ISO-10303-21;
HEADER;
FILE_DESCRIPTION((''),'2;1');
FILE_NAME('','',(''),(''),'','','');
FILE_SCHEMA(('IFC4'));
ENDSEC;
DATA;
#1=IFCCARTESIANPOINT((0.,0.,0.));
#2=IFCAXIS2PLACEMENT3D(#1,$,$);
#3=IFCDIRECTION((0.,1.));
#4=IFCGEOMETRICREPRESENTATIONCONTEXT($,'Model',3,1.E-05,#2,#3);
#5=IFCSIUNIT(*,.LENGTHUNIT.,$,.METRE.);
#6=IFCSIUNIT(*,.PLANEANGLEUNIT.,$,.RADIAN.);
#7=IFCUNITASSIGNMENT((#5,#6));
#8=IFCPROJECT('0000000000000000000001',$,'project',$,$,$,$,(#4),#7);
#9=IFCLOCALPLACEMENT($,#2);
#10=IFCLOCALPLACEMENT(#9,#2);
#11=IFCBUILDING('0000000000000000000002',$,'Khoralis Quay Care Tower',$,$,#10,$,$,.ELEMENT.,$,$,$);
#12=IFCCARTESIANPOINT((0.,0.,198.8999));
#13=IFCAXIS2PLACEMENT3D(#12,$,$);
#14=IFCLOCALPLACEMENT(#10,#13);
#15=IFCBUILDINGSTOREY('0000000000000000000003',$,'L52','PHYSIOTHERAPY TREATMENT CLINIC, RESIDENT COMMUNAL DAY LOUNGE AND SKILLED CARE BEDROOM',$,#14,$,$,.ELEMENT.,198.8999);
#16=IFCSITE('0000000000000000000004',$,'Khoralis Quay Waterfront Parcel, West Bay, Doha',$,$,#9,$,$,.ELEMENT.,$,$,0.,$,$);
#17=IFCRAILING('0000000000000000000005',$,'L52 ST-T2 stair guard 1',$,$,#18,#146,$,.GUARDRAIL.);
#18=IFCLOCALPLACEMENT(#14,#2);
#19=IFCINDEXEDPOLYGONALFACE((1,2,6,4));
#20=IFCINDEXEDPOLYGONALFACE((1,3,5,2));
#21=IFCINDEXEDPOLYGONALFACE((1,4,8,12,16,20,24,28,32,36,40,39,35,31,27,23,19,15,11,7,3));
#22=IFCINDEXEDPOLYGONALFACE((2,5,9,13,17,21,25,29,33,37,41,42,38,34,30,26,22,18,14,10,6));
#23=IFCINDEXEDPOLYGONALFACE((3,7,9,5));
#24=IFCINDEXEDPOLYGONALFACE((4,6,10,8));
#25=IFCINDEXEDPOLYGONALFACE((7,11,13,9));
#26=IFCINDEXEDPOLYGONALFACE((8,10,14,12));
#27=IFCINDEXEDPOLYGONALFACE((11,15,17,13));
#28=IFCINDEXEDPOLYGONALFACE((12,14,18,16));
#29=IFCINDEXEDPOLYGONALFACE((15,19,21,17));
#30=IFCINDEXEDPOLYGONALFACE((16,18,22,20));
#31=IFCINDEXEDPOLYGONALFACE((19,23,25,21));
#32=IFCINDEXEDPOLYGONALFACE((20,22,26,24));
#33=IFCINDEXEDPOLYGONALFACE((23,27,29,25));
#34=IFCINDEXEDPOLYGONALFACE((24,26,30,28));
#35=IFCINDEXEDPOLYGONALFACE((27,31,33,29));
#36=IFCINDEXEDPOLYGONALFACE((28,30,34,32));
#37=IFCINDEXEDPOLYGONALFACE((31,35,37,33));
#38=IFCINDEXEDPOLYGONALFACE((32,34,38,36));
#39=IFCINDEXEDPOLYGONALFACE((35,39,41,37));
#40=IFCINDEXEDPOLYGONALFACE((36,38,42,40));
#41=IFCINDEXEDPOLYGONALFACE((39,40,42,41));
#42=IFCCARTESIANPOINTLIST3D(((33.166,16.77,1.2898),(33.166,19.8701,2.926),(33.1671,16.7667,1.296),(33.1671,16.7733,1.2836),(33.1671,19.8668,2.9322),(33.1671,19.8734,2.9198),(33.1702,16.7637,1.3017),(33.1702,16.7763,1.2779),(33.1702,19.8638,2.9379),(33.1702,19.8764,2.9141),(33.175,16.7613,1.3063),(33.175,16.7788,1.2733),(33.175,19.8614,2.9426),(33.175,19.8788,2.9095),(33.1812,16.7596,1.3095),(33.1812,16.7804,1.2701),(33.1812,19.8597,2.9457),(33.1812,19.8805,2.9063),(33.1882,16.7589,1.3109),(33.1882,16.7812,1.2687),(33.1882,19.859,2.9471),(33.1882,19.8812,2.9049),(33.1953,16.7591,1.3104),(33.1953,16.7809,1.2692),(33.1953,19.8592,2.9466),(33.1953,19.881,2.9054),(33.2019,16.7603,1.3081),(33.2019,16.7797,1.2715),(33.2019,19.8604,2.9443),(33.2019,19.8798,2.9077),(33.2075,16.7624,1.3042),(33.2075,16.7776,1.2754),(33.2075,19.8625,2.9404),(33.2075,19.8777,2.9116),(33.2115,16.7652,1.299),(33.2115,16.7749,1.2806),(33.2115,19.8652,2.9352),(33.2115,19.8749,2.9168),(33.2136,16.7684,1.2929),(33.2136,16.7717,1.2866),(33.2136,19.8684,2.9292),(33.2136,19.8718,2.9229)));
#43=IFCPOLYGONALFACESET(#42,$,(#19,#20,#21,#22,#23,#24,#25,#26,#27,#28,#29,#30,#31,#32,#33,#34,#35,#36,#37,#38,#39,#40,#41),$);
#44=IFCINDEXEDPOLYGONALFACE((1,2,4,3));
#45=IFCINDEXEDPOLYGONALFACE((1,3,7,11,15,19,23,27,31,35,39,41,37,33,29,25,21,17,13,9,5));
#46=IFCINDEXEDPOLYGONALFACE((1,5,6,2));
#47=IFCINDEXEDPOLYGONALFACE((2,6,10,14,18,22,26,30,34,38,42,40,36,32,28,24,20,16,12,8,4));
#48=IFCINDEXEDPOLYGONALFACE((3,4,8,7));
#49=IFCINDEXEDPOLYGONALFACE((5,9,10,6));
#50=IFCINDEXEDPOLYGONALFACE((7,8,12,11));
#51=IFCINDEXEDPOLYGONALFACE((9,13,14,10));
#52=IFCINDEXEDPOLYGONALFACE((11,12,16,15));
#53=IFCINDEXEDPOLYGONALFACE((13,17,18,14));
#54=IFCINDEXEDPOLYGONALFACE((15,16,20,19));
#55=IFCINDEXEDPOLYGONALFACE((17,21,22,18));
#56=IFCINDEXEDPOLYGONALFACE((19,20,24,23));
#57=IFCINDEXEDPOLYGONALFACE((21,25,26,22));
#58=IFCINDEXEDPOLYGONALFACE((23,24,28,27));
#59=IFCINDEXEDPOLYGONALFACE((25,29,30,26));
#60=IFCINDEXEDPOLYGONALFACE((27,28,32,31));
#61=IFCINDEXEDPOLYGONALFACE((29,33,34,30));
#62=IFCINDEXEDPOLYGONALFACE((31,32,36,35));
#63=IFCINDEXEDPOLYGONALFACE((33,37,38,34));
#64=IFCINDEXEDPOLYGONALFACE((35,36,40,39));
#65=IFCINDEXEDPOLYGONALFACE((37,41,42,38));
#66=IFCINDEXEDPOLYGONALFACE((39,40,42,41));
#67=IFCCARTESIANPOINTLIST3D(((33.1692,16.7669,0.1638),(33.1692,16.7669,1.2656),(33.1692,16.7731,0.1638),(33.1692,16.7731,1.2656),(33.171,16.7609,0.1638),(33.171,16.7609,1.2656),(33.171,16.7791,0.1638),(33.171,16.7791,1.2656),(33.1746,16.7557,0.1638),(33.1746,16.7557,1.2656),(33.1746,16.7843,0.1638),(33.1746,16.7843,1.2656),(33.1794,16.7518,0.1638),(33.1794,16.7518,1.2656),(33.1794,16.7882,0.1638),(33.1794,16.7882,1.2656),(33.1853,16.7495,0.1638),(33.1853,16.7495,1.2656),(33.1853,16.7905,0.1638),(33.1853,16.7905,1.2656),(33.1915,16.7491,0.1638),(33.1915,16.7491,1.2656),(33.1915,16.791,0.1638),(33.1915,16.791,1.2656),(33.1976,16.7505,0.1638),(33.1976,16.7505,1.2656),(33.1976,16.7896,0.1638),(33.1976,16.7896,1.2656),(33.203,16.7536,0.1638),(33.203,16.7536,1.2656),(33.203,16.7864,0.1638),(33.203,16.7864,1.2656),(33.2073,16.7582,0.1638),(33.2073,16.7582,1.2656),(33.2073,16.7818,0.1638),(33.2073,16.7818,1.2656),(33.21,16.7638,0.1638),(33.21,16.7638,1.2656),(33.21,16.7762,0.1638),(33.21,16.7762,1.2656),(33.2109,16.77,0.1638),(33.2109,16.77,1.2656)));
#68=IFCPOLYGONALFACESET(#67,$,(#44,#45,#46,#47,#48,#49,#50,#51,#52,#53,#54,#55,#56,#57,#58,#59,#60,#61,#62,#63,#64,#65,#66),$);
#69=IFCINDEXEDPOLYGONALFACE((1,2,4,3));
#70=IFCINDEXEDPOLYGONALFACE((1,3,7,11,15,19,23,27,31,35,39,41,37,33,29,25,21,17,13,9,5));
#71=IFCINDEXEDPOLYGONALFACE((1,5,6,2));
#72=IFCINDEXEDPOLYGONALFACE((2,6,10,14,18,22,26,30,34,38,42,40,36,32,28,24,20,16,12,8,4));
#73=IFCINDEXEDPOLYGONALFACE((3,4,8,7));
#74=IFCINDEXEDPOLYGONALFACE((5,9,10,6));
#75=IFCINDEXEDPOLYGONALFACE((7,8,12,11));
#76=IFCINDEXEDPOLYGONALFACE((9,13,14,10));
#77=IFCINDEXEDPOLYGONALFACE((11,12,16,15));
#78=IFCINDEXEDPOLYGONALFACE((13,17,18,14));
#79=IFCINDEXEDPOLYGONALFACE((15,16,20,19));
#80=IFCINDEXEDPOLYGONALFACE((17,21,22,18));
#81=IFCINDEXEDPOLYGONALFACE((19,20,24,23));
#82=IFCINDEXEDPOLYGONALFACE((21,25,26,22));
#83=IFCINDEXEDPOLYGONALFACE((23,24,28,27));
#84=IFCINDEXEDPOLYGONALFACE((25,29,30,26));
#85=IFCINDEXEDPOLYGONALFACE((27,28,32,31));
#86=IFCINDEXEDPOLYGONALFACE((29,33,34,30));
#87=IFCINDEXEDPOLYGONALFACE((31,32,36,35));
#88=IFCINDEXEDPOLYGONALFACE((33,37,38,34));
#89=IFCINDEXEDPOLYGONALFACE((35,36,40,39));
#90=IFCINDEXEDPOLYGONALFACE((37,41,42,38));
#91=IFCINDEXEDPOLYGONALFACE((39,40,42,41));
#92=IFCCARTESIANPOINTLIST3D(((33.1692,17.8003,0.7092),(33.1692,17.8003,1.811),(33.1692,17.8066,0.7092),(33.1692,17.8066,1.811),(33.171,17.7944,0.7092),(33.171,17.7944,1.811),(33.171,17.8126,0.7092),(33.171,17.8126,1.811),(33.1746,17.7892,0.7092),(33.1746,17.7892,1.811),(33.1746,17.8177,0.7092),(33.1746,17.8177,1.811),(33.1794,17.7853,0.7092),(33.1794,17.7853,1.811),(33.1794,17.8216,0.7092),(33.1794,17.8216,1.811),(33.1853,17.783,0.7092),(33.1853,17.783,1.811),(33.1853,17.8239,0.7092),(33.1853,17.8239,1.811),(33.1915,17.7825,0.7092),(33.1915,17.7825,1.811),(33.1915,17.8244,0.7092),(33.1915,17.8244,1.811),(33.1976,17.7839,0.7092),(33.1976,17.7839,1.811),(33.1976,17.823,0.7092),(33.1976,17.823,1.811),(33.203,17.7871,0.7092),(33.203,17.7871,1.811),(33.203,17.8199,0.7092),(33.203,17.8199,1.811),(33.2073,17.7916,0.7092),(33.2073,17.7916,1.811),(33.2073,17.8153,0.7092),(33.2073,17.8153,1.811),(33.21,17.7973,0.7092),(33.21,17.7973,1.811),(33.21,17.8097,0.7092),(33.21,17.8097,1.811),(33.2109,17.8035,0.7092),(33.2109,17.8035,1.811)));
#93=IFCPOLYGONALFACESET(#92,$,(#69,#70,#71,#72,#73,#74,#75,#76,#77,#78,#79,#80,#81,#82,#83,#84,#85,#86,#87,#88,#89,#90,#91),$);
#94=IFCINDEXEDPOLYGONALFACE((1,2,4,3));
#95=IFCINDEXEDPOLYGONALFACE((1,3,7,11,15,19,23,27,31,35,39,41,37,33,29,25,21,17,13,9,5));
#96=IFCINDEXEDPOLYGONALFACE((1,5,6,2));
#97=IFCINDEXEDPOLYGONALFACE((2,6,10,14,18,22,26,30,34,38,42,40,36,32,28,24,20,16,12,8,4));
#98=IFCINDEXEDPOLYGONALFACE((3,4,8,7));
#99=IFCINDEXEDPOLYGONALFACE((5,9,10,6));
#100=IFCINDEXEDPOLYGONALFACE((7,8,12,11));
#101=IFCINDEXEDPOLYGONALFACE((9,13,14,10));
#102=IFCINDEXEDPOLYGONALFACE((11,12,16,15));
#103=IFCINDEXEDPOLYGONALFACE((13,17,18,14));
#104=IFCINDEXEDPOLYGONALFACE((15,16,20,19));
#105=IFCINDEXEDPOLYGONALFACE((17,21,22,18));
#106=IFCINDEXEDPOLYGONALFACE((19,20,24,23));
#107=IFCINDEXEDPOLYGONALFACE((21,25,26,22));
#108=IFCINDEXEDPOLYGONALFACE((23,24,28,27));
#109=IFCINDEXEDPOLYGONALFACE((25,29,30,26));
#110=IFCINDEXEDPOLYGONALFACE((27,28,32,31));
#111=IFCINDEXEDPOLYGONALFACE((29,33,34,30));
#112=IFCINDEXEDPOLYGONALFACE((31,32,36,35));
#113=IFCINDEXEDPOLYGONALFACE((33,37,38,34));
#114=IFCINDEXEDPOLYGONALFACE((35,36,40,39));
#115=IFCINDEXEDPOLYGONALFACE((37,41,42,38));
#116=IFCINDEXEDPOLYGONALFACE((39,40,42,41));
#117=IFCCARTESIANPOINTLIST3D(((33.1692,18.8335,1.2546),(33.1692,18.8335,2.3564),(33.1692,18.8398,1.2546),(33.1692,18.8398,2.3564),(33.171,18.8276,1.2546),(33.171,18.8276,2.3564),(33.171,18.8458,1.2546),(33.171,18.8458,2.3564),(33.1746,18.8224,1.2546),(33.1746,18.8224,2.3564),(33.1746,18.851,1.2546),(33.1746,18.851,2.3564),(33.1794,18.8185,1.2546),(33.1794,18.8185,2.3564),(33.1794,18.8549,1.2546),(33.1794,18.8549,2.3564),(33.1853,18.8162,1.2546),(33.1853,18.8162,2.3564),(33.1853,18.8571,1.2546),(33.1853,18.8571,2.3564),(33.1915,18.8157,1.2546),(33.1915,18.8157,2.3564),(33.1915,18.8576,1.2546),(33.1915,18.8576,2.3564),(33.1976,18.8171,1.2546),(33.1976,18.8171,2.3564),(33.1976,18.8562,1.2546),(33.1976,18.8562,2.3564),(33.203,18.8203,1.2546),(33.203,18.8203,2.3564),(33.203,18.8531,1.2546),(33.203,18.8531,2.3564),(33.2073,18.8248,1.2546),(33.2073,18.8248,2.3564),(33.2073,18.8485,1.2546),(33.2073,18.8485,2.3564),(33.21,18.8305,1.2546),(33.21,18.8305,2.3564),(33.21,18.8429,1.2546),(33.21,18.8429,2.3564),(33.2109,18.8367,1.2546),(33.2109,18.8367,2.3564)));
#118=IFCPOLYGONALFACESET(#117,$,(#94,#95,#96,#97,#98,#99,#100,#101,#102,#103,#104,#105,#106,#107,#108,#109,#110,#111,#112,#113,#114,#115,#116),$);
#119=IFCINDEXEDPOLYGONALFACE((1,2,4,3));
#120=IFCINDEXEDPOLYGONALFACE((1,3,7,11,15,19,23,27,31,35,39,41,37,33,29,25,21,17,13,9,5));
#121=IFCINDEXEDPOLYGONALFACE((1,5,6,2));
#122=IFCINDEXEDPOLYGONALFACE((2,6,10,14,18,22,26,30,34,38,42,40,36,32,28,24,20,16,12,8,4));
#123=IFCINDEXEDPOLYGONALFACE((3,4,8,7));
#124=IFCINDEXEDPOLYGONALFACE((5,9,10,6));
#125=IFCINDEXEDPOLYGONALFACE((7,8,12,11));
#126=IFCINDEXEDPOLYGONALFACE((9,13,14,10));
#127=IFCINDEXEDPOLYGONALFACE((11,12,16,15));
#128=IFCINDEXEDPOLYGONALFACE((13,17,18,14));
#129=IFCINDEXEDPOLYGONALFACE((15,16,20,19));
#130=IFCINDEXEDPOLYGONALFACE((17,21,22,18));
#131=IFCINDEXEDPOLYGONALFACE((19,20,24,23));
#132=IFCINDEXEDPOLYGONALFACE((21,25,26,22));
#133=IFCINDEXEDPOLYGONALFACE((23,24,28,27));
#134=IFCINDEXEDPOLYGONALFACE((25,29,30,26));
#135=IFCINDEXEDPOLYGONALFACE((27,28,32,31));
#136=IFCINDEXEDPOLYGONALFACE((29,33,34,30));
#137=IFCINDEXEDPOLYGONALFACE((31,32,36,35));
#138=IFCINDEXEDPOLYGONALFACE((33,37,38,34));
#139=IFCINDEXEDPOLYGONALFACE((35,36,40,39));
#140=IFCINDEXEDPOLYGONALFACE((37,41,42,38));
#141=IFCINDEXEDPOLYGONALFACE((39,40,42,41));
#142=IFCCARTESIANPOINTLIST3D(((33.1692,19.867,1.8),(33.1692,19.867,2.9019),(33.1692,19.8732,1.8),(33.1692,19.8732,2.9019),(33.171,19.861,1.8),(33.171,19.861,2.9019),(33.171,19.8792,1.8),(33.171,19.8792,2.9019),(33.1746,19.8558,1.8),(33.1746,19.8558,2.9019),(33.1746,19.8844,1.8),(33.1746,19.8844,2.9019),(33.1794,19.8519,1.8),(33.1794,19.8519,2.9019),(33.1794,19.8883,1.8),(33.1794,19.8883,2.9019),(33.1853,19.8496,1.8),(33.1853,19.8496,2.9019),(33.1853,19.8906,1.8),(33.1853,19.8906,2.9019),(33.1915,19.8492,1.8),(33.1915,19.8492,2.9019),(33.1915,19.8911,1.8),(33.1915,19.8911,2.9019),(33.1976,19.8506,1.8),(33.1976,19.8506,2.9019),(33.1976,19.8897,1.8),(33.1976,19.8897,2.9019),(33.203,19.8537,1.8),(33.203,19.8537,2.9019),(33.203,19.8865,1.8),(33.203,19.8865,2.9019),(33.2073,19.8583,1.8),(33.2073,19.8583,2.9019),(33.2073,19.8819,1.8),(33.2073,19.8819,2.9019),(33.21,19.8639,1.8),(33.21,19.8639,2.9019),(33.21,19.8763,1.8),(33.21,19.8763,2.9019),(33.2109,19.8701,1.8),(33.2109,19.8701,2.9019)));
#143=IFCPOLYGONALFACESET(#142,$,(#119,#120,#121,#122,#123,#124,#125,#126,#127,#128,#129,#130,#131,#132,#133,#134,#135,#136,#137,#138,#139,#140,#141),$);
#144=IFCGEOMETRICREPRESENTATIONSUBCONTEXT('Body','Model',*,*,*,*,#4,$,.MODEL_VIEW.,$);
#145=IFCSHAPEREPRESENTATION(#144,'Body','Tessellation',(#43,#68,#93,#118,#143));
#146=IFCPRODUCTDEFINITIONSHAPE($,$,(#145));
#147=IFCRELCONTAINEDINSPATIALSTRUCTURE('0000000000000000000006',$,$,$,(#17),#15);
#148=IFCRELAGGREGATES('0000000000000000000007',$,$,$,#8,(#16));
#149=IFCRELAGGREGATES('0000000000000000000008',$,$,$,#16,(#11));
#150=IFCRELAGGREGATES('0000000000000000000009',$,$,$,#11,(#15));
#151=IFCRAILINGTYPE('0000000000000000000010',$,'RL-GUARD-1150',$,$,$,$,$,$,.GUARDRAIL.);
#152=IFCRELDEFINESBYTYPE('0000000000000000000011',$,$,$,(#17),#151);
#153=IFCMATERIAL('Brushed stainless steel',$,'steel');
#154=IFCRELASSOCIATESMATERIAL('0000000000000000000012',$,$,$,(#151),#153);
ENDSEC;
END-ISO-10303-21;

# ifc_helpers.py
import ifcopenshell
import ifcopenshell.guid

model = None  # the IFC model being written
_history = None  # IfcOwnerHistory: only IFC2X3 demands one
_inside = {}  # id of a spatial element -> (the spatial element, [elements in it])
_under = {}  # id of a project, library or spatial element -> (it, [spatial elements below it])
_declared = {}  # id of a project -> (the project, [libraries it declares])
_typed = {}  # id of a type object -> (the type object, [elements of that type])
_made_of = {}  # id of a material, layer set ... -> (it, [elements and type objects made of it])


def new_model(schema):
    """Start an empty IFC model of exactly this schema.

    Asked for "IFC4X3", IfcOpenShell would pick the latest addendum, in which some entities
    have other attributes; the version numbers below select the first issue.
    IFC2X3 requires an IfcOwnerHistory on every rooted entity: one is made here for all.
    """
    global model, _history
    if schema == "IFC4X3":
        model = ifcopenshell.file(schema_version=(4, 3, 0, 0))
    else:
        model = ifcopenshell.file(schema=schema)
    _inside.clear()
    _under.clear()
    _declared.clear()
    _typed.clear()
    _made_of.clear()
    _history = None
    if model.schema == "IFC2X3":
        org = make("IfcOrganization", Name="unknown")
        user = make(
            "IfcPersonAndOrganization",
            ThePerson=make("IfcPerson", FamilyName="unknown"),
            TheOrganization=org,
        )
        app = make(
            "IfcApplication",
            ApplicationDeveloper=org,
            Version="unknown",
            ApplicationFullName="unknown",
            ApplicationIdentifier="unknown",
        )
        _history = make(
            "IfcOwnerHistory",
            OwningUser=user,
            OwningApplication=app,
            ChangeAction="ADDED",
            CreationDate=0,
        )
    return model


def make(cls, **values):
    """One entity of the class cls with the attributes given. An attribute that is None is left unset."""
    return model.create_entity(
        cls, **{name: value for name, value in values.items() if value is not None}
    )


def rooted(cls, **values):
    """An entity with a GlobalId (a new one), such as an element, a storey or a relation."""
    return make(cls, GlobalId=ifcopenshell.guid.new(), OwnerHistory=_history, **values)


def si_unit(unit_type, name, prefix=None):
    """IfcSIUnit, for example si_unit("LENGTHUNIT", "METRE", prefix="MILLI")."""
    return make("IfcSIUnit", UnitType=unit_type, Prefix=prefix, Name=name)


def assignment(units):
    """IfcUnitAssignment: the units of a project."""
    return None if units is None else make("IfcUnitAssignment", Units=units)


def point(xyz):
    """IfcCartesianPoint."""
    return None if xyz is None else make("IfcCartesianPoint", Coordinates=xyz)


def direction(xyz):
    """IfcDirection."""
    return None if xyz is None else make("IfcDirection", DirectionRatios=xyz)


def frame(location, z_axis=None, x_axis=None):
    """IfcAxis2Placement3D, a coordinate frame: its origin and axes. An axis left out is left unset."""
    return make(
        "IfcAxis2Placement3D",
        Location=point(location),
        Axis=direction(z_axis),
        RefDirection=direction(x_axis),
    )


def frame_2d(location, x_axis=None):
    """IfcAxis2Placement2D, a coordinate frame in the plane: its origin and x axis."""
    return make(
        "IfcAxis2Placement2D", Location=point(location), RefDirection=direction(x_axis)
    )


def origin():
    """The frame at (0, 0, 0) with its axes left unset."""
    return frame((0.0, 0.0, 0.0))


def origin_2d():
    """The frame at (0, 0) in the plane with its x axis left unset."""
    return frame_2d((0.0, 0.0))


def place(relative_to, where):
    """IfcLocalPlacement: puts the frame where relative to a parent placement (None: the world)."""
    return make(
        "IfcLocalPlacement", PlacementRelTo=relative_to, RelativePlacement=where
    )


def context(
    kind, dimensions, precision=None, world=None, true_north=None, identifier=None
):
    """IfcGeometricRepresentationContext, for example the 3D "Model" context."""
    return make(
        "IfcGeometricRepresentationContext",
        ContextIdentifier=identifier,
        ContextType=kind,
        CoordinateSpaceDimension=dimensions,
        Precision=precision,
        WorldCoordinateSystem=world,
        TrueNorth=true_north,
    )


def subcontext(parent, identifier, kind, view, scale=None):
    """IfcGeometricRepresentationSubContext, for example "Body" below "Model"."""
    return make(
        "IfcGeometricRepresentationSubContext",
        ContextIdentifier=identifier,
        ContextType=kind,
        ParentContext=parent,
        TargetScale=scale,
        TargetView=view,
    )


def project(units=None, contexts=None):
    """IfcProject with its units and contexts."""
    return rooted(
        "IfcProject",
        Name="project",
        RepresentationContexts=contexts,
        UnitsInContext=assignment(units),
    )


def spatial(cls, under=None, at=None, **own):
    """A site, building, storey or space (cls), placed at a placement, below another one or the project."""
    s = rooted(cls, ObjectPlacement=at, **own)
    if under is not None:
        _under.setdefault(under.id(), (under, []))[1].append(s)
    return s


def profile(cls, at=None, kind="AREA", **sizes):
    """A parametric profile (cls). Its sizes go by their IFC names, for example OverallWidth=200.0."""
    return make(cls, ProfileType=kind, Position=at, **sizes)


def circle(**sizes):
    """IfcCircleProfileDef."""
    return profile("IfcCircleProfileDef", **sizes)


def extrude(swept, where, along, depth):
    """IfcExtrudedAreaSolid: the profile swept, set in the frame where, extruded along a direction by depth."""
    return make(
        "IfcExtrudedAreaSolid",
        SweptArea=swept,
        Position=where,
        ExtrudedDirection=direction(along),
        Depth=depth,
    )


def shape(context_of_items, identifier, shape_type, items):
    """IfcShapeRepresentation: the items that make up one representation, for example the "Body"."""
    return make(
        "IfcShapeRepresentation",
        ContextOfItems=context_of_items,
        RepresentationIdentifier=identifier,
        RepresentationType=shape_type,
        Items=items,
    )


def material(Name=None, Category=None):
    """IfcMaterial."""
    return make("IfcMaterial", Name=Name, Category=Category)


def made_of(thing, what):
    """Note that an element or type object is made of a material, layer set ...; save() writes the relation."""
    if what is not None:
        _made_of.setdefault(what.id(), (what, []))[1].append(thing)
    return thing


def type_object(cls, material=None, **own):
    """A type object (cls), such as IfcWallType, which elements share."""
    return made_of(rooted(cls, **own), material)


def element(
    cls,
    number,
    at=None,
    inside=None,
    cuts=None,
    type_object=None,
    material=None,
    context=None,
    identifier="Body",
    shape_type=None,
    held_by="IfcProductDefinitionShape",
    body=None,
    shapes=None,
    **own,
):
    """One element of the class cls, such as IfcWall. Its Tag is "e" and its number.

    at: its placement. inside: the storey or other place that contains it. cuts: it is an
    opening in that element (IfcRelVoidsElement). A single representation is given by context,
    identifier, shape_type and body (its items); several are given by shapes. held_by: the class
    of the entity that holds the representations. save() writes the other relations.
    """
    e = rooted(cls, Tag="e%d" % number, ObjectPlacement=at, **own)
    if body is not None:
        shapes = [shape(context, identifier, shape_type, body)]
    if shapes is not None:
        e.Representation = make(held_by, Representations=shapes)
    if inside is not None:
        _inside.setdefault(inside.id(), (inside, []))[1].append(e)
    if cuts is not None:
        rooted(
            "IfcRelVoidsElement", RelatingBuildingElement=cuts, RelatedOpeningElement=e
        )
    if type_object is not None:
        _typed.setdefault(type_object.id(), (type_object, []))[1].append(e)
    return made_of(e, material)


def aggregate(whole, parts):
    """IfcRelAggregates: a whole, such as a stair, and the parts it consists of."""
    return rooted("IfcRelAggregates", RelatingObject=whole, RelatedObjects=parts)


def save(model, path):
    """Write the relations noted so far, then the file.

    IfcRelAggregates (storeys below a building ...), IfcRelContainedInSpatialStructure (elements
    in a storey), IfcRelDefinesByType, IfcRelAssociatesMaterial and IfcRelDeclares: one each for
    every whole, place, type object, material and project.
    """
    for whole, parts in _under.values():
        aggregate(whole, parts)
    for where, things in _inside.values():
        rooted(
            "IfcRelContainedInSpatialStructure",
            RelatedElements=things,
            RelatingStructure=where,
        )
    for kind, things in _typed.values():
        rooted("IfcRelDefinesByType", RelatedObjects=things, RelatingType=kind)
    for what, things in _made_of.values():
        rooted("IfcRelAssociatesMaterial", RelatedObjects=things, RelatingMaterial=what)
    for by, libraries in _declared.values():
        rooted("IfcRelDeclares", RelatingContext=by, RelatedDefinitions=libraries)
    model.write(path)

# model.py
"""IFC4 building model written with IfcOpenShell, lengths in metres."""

from ifc_helpers import new_model, si_unit, direction, frame, origin, origin_2d, place, context, subcontext, project, spatial, circle, extrude, material, type_object, element, save


model = new_model("IFC4")

# Units and contexts
model_context = context("Model", 3, precision=1e-05, world=origin(), true_north=direction((0.0, 1.0)))
body_context = subcontext(model_context, "Body", "Model", "MODEL_VIEW")
ifc_project = project(units=[si_unit("LENGTHUNIT", "METRE"), si_unit("PLANEANGLEUNIT", "RADIAN")], contexts=[model_context])

# Site, building, storey
site_placement = place(None, origin())
site = spatial("IfcSite", under=ifc_project, at=site_placement, Name="Khoralis Quay Waterfront Parcel, West Bay, Doha", CompositionType="ELEMENT", RefElevation=0.0)
building_placement = place(site_placement, origin())
building = spatial("IfcBuilding", under=site, at=building_placement, Name="Khoralis Quay Care Tower", CompositionType="ELEMENT")
storey_placement = place(building_placement, frame((0.0, 0.0, 198.8999)))
storey = spatial("IfcBuildingStorey", under=building, at=storey_placement, Name="L52", Description="PHYSIOTHERAPY TREATMENT CLINIC, RESIDENT COMMUNAL DAY LOUNGE AND SKILLED CARE BEDROOM", CompositionType="ELEMENT", Elevation=198.8999)

# Shared definitions
ifc_material_1 = material(Name="Brushed stainless steel", Category="steel")

# Railing
railing_type = type_object("IfcRailingType", Name="RL-GUARD-1150", PredefinedType="GUARDRAIL", material=ifc_material_1)
railing_1_placement = place(storey_placement, frame((33.1899, 16.77, 0.1638)))
element("IfcRailing", 1, at=railing_1_placement, inside=storey, type_object=railing_type, Name="L52 ST-T2 stair guard 1", PredefinedType="GUARDRAIL", context=body_context, shape_type="SweptSolid", body=[
    extrude(circle(Radius=0.0239, at=origin_2d()), frame((0.0, 0.0, 1.126), z_axis=(0.0, 0.884377, 0.466774), x_axis=(-1.0, 0.0, 0.0)), (0.0, 0.0, 1.0), 3.5054),
    extrude(circle(Radius=0.021, at=origin_2d()), origin(), (0.0, 0.0, 1.0), 1.1018),
    extrude(circle(Radius=0.021, at=origin_2d()), frame((0.0, 1.0334, 0.5454)), (0.0, 0.0, 1.0), 1.1018),
    extrude(circle(Radius=0.021, at=origin_2d()), frame((0.0, 2.0667, 1.0908)), (0.0, 0.0, 1.0), 1.1018),
    extrude(circle(Radius=0.021, at=origin_2d()), frame((0.0, 3.1001, 1.6362)), (0.0, 0.0, 1.0), 1.1018),
])

save(model, "model.ifc")
